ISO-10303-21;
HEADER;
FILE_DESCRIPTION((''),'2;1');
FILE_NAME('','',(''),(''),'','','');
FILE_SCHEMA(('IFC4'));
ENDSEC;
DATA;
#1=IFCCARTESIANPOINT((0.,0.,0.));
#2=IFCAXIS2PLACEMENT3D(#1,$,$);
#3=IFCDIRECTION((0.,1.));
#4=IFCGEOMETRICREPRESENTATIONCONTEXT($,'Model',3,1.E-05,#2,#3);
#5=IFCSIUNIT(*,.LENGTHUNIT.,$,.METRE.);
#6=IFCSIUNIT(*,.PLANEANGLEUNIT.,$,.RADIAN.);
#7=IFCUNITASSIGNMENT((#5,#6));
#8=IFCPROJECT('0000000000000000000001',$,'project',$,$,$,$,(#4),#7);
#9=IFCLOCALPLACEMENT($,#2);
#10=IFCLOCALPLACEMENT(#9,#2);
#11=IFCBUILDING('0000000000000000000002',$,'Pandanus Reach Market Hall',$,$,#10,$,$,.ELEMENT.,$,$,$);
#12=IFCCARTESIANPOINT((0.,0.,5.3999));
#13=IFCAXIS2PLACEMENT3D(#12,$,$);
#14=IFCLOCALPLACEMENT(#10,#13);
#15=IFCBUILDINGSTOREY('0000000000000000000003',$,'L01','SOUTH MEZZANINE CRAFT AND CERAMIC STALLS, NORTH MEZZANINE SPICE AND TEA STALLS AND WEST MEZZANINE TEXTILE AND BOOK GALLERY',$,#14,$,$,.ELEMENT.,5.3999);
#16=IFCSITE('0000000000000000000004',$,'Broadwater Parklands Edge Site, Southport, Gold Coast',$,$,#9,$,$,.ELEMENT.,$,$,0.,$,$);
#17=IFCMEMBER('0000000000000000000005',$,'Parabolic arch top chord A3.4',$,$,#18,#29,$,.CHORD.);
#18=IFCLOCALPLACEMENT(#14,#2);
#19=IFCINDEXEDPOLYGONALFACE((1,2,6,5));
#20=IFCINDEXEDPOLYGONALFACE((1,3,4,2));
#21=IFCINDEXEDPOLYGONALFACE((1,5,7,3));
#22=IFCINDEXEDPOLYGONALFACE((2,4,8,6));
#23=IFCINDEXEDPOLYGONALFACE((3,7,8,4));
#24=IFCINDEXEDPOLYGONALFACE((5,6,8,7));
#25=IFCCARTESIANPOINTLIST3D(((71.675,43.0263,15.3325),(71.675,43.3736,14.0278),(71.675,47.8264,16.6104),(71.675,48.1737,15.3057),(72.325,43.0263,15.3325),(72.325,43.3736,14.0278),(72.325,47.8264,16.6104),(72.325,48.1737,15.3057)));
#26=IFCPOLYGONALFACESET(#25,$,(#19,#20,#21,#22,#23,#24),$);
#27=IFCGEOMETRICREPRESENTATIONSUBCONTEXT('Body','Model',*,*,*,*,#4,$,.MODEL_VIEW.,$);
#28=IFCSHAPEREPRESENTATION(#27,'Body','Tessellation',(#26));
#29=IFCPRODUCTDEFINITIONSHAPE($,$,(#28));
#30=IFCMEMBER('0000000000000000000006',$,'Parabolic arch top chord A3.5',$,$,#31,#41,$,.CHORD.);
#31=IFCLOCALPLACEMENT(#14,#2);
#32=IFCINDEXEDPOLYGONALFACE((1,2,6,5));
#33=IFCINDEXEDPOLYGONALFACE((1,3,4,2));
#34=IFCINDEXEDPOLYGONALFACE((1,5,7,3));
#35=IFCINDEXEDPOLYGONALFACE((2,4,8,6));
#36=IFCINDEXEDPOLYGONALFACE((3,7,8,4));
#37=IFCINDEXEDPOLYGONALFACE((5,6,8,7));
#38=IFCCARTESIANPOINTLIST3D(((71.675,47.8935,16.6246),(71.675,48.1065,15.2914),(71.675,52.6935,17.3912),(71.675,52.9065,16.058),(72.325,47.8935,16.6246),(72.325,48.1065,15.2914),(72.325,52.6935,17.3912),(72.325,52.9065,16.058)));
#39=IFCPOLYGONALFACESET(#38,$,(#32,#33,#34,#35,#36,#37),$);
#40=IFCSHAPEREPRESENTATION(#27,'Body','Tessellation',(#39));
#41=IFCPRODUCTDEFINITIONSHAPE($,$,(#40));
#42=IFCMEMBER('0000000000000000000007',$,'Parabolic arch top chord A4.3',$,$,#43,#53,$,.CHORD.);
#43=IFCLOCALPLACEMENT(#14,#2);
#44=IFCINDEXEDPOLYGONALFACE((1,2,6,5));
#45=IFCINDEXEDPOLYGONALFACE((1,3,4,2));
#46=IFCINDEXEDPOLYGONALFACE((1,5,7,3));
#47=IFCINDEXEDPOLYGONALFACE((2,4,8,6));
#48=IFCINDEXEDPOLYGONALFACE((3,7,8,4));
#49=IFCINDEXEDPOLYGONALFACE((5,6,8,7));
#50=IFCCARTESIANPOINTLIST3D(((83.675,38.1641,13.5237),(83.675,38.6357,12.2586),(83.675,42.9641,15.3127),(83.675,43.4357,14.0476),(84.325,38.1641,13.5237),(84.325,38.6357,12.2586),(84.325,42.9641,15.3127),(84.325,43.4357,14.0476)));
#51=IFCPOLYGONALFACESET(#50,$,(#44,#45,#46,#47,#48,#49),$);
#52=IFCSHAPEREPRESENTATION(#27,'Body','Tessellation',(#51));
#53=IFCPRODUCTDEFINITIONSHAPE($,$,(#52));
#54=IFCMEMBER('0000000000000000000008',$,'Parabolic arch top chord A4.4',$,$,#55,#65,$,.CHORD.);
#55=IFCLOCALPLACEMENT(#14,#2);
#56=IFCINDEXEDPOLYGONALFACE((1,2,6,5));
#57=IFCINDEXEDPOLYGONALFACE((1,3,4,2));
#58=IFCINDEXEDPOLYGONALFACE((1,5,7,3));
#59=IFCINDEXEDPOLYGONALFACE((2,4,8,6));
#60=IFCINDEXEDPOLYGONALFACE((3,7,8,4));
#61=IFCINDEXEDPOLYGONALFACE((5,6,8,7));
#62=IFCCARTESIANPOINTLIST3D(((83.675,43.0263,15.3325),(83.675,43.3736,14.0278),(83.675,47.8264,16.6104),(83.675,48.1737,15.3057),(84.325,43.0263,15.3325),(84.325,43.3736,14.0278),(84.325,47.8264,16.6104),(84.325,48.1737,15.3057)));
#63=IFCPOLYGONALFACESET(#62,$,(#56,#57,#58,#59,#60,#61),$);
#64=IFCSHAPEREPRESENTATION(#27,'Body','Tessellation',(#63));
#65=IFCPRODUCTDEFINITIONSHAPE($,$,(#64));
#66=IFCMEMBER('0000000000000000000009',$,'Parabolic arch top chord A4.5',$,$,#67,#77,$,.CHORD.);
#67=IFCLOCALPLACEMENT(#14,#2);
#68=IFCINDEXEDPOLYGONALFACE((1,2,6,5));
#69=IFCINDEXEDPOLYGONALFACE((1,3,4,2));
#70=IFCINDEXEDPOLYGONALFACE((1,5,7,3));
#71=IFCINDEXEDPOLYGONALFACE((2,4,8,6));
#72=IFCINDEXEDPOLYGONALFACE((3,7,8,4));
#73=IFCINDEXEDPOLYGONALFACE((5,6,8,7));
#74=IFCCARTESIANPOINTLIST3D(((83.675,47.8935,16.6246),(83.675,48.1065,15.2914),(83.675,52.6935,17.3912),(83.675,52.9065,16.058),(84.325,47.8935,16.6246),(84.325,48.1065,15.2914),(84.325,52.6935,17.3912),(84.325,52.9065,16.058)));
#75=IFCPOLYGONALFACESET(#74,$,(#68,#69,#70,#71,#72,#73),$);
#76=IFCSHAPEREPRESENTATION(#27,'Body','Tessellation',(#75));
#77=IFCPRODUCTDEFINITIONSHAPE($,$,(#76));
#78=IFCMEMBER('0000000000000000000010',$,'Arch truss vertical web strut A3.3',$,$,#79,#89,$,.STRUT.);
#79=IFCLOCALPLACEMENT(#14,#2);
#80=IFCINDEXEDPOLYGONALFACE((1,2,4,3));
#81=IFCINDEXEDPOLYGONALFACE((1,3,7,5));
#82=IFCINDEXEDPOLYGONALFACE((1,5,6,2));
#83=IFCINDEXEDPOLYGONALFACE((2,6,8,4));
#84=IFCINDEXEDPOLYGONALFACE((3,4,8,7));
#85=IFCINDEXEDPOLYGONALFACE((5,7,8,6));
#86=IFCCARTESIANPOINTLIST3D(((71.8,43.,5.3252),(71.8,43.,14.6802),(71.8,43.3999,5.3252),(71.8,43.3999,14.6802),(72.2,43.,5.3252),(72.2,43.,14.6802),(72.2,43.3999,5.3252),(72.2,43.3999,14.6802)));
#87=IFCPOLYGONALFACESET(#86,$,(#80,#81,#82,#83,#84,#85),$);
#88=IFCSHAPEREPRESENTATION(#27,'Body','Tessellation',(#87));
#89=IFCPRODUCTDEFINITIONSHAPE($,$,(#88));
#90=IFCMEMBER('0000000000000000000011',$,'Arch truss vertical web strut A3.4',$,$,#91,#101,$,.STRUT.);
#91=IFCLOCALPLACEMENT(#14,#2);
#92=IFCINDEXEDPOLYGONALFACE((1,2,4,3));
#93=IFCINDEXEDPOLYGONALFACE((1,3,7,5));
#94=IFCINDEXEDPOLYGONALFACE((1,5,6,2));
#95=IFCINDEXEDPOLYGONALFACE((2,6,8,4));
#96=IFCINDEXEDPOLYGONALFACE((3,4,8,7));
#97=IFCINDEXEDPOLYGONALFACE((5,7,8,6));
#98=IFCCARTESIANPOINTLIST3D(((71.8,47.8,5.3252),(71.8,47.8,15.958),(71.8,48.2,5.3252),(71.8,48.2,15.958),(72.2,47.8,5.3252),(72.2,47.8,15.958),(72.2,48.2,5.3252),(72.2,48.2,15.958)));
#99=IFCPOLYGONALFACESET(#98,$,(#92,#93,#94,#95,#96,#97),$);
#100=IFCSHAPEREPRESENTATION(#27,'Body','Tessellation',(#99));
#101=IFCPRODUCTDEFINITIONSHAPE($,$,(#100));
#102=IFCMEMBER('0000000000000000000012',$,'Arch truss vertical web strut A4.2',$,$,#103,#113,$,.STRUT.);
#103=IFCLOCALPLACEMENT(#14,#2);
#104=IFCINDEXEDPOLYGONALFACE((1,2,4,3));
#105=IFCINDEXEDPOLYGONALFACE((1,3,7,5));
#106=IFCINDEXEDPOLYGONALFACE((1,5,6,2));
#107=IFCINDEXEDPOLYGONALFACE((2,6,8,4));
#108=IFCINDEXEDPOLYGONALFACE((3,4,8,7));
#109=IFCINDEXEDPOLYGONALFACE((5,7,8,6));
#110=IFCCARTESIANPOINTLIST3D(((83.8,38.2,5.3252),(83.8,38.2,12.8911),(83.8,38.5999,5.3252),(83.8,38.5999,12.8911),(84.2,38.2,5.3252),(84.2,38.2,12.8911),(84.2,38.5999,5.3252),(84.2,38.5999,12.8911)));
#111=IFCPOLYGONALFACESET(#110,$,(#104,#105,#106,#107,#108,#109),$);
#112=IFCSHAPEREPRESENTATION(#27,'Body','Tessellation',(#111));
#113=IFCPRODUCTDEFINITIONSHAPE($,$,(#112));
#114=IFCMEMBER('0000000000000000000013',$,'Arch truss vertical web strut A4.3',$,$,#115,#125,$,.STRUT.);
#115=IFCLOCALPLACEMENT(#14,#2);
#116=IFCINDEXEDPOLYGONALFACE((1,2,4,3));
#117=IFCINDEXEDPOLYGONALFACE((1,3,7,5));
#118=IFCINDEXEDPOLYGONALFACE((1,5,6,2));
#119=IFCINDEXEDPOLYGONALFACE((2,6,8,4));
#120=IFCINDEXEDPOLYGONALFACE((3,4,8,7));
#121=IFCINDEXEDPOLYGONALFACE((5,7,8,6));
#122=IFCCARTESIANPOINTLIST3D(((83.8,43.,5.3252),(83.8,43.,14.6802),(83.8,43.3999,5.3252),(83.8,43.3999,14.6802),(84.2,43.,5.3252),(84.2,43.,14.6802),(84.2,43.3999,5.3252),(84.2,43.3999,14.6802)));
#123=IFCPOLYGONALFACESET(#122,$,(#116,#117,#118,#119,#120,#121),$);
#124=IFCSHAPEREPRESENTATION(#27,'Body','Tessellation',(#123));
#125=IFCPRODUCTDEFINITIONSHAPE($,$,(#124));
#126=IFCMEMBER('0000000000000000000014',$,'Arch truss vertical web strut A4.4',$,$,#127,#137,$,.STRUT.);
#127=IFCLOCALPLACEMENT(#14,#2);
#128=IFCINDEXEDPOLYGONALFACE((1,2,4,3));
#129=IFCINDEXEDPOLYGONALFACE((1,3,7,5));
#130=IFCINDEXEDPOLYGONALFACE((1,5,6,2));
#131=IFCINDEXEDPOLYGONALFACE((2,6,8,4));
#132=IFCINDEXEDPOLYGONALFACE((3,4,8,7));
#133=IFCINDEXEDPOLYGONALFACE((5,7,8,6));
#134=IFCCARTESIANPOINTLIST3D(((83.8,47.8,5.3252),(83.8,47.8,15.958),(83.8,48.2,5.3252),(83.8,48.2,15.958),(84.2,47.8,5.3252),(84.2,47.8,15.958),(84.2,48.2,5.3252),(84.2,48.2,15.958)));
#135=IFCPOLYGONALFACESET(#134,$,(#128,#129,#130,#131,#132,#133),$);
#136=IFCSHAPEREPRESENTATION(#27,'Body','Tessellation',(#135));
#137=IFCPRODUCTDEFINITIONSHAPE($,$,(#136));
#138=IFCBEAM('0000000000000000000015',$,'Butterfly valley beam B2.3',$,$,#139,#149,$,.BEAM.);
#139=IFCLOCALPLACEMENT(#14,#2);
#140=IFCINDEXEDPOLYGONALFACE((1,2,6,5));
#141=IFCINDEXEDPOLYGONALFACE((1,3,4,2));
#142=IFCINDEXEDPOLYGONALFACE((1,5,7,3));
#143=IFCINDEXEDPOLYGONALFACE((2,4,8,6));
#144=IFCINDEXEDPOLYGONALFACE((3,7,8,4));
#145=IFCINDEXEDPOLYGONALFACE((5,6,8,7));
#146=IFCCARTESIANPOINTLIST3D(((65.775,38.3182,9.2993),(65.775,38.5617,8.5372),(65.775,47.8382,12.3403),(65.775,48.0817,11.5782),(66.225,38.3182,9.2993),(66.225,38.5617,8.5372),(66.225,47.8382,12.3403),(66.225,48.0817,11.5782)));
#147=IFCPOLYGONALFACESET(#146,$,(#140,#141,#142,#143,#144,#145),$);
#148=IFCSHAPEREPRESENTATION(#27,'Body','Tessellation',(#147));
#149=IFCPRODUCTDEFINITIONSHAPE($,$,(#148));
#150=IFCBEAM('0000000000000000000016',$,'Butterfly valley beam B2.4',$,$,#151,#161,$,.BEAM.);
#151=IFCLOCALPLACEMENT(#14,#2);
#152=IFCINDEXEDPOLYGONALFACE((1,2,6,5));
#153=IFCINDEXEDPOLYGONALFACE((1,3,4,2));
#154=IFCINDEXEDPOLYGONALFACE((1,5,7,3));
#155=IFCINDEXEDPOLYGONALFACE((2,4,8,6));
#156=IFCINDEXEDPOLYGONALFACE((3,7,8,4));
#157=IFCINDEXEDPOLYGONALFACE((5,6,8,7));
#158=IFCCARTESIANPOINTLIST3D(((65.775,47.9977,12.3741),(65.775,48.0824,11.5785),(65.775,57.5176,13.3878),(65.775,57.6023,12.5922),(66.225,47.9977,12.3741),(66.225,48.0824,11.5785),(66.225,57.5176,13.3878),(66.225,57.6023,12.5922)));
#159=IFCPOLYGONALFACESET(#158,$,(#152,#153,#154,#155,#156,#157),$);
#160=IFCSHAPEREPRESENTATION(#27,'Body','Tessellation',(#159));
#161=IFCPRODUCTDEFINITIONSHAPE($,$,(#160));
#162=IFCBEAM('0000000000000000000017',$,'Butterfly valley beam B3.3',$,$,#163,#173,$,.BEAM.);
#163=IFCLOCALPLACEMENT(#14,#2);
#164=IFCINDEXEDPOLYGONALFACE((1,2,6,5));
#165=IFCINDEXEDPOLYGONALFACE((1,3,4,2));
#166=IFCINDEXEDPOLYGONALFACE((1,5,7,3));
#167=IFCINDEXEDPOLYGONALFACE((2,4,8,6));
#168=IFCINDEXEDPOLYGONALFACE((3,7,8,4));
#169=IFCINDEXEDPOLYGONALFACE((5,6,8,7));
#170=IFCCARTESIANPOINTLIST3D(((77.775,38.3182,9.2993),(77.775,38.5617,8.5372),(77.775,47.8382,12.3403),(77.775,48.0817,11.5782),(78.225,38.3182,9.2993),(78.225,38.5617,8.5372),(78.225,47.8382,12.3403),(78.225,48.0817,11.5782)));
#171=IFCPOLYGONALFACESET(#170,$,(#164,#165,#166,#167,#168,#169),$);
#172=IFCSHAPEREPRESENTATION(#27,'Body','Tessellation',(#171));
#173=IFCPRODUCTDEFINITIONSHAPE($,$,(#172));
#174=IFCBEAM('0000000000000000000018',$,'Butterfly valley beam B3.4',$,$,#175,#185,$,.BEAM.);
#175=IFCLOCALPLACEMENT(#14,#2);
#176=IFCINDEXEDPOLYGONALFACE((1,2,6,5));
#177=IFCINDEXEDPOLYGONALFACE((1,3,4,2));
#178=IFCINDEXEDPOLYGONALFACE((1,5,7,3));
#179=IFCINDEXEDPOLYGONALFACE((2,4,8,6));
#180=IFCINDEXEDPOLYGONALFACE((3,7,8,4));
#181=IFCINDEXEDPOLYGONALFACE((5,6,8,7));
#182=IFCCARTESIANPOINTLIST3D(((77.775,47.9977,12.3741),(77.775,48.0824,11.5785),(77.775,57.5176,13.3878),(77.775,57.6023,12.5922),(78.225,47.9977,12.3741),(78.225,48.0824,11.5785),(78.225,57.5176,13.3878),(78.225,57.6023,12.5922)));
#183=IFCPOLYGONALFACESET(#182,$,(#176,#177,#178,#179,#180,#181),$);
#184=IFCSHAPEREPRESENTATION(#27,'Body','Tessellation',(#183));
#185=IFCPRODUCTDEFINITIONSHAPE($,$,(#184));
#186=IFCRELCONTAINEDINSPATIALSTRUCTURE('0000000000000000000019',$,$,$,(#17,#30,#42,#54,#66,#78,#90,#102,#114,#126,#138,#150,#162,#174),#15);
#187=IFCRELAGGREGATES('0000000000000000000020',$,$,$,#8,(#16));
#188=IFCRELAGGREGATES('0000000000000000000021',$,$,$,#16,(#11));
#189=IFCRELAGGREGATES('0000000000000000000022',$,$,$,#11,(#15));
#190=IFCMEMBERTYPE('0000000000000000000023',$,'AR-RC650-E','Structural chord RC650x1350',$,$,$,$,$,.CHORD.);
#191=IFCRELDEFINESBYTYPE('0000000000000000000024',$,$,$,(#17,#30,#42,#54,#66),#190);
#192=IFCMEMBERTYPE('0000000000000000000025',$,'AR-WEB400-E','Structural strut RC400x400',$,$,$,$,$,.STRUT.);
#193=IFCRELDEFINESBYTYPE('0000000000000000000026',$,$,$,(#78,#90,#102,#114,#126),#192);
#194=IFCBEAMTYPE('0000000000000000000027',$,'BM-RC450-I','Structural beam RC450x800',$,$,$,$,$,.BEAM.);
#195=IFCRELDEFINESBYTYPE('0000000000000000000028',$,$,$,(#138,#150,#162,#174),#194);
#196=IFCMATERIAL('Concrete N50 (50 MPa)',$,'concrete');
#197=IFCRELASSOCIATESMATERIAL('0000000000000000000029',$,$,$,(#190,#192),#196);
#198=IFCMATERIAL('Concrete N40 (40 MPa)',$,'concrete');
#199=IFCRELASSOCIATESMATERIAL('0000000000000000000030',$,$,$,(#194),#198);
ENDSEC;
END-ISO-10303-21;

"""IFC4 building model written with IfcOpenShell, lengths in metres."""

from ifc_helpers import new_model, si_unit, direction, frame, origin, origin_2d, place, context, subcontext, project, spatial, rectangle, extrude, material, material_profile, profile_set, type_object, element, save


model = new_model("IFC4")

# Units and contexts
model_context = context("Model", 3, precision=1e-05, world=origin(), true_north=direction((0.0, 1.0)))
body_context = subcontext(model_context, "Body", "Model", "MODEL_VIEW")
ifc_project = project(units=[si_unit("LENGTHUNIT", "METRE"), si_unit("PLANEANGLEUNIT", "RADIAN")], contexts=[model_context])

# Site, building, storey
site_placement = place(None, origin())
site = spatial("IfcSite", under=ifc_project, at=site_placement, Name="Broadwater Parklands Edge Site, Southport, Gold Coast", CompositionType="ELEMENT", RefElevation=0.0)
building_placement = place(site_placement, origin())
building = spatial("IfcBuilding", under=site, at=building_placement, Name="Pandanus Reach Market Hall", CompositionType="ELEMENT")
storey_placement = place(building_placement, frame((0.0, 0.0, 5.3999)))
storey = spatial("IfcBuildingStorey", under=building, at=storey_placement, Name="L01", Description="SOUTH MEZZANINE CRAFT AND CERAMIC STALLS, NORTH MEZZANINE SPICE AND TEA STALLS AND WEST MEZZANINE TEXTILE AND BOOK GALLERY", CompositionType="ELEMENT", Elevation=5.3999)

# Members
ifc_material_1 = material(Name="Concrete N50 (50 MPa)", Category="concrete")
ifc_material_profile_1 = material_profile(ifc_material_1, rectangle(XDim=0.6499, YDim=1.3501, at=origin_2d()), Name="RC650x1350", Category="LoadBearing")
ifc_profile_set_1 = profile_set([ifc_material_profile_1], Name="Concrete N50 (50 MPa)")
member_type_1 = type_object("IfcMemberType", Name="AR-RC650-E", Description="Structural chord RC650x1350", PredefinedType="CHORD", material=ifc_profile_set_1)
member_1_placement = place(storey_placement, frame((72.0, 43.2, 14.6802), z_axis=(0.0, 0.966344, 0.257253), x_axis=(-1.0, 0.0, 0.0)))
element("IfcMember", 1, at=member_1_placement, inside=storey, type_object=member_type_1, Name="Parabolic arch top chord A3.4", PredefinedType="CHORD", context=body_context, shape_type="SweptSolid", body=[
    extrude(rectangle(XDim=0.6499, YDim=1.3501, at=origin_2d()), origin(), (0.0, 0.0, 1.0), 4.9673),
])
member_2_placement = place(storey_placement, frame((72.0, 48.0, 15.958), z_axis=(0.0, 0.987486, 0.157708), x_axis=(-1.0, 0.0, 0.0)))
element("IfcMember", 2, at=member_2_placement, inside=storey, type_object=member_type_1, Name="Parabolic arch top chord A3.5", PredefinedType="CHORD", context=body_context, shape_type="SweptSolid", body=[
    extrude(rectangle(XDim=0.6499, YDim=1.3501, at=origin_2d()), origin(), (0.0, 0.0, 1.0), 4.8608),
])
member_3_placement = place(storey_placement, frame((84.0, 38.3999, 12.8911), z_axis=(0.0, 0.93703, 0.349248), x_axis=(-1.0, 0.0, 0.0)))
element("IfcMember", 3, at=member_3_placement, inside=storey, type_object=member_type_1, Name="Parabolic arch top chord A4.3", PredefinedType="CHORD", context=body_context, shape_type="SweptSolid", body=[
    extrude(rectangle(XDim=0.6499, YDim=1.3501, at=origin_2d()), origin(), (0.0, 0.0, 1.0), 5.1226),
])
member_4_placement = place(storey_placement, frame((84.0, 43.2, 14.6802), z_axis=(0.0, 0.966344, 0.257253), x_axis=(-1.0, 0.0, 0.0)))
element("IfcMember", 4, at=member_4_placement, inside=storey, type_object=member_type_1, Name="Parabolic arch top chord A4.4", PredefinedType="CHORD", context=body_context, shape_type="SweptSolid", body=[
    extrude(rectangle(XDim=0.6499, YDim=1.3501, at=origin_2d()), origin(), (0.0, 0.0, 1.0), 4.9673),
])
member_5_placement = place(storey_placement, frame((84.0, 48.0, 15.958), z_axis=(0.0, 0.987486, 0.157708), x_axis=(-1.0, 0.0, 0.0)))
element("IfcMember", 5, at=member_5_placement, inside=storey, type_object=member_type_1, Name="Parabolic arch top chord A4.5", PredefinedType="CHORD", context=body_context, shape_type="SweptSolid", body=[
    extrude(rectangle(XDim=0.6499, YDim=1.3501, at=origin_2d()), origin(), (0.0, 0.0, 1.0), 4.8608),
])
ifc_material_profile_2 = material_profile(ifc_material_1, rectangle(XDim=0.3999, YDim=0.3999, at=origin_2d()), Name="RC400x400", Category="LoadBearing")
ifc_profile_set_2 = profile_set([ifc_material_profile_2], Name="Concrete N50 (50 MPa)")
member_type_2 = type_object("IfcMemberType", Name="AR-WEB400-E", Description="Structural strut RC400x400", PredefinedType="STRUT", material=ifc_profile_set_2)
member_6_placement = place(storey_placement, frame((72.0, 43.2, 5.3252), z_axis=(0.0, 0.0, 1.0), x_axis=(1.0, 0.0, 0.0)))
element("IfcMember", 6, at=member_6_placement, inside=storey, type_object=member_type_2, Name="Arch truss vertical web strut A3.3", PredefinedType="STRUT", context=body_context, shape_type="SweptSolid", body=[
    extrude(rectangle(XDim=0.3999, YDim=0.3999, at=origin_2d()), origin(), (0.0, 0.0, 1.0), 9.355),
])
member_7_placement = place(storey_placement, frame((72.0, 48.0, 5.3252), z_axis=(0.0, 0.0, 1.0), x_axis=(1.0, 0.0, 0.0)))
element("IfcMember", 7, at=member_7_placement, inside=storey, type_object=member_type_2, Name="Arch truss vertical web strut A3.4", PredefinedType="STRUT", context=body_context, shape_type="SweptSolid", body=[
    extrude(rectangle(XDim=0.3999, YDim=0.3999, at=origin_2d()), origin(), (0.0, 0.0, 1.0), 10.6328),
])
member_8_placement = place(storey_placement, frame((84.0, 38.3999, 5.3252), z_axis=(0.0, 0.0, 1.0), x_axis=(1.0, 0.0, 0.0)))
element("IfcMember", 8, at=member_8_placement, inside=storey, type_object=member_type_2, Name="Arch truss vertical web strut A4.2", PredefinedType="STRUT", context=body_context, shape_type="SweptSolid", body=[
    extrude(rectangle(XDim=0.3999, YDim=0.3999, at=origin_2d()), origin(), (0.0, 0.0, 1.0), 7.5659),
])
member_9_placement = place(storey_placement, frame((84.0, 43.2, 5.3252), z_axis=(0.0, 0.0, 1.0), x_axis=(1.0, 0.0, 0.0)))
element("IfcMember", 9, at=member_9_placement, inside=storey, type_object=member_type_2, Name="Arch truss vertical web strut A4.3", PredefinedType="STRUT", context=body_context, shape_type="SweptSolid", body=[
    extrude(rectangle(XDim=0.3999, YDim=0.3999, at=origin_2d()), origin(), (0.0, 0.0, 1.0), 9.355),
])
member_10_placement = place(storey_placement, frame((84.0, 48.0, 5.3252), z_axis=(0.0, 0.0, 1.0), x_axis=(1.0, 0.0, 0.0)))
element("IfcMember", 10, at=member_10_placement, inside=storey, type_object=member_type_2, Name="Arch truss vertical web strut A4.4", PredefinedType="STRUT", context=body_context, shape_type="SweptSolid", body=[
    extrude(rectangle(XDim=0.3999, YDim=0.3999, at=origin_2d()), origin(), (0.0, 0.0, 1.0), 10.6328),
])

# Beams
ifc_material_2 = material(Name="Concrete N40 (40 MPa)", Category="concrete")
ifc_material_profile_3 = material_profile(ifc_material_2, rectangle(XDim=0.45, YDim=0.8, at=origin_2d()), Name="RC450x800", Category="LoadBearing")
ifc_profile_set_3 = profile_set([ifc_material_profile_3], Name="Concrete N40 (40 MPa)")
beam_type_1 = type_object("IfcBeamType", Name="BM-RC450-I", Description="Structural beam RC450x800", PredefinedType="BEAM", material=ifc_profile_set_3)
beam_1_placement = place(storey_placement, frame((66.0, 38.4399, 8.9182), z_axis=(0.0, 0.952581, 0.304286), x_axis=(-1.0, 0.0, 0.0)))
element("IfcBeam", 11, at=beam_1_placement, inside=storey, type_object=beam_type_1, Name="Butterfly valley beam B2.3", PredefinedType="BEAM", context=body_context, shape_type="SweptSolid", body=[
    extrude(rectangle(XDim=0.45, YDim=0.8, at=origin_2d()), origin(), (0.0, 0.0, 1.0), 9.9939),
])
beam_2_placement = place(storey_placement, frame((66.0, 48.04, 11.9763), z_axis=(0.0, 0.994379, 0.105879), x_axis=(-1.0, 0.0, 0.0)))
element("IfcBeam", 12, at=beam_2_placement, inside=storey, type_object=beam_type_1, Name="Butterfly valley beam B2.4", PredefinedType="BEAM", context=body_context, shape_type="SweptSolid", body=[
    extrude(rectangle(XDim=0.45, YDim=0.8, at=origin_2d()), origin(), (0.0, 0.0, 1.0), 9.5737),
])
beam_3_placement = place(storey_placement, frame((78.0, 38.4399, 8.9182), z_axis=(0.0, 0.952581, 0.304286), x_axis=(-1.0, 0.0, 0.0)))
element("IfcBeam", 13, at=beam_3_placement, inside=storey, type_object=beam_type_1, Name="Butterfly valley beam B3.3", PredefinedType="BEAM", context=body_context, shape_type="SweptSolid", body=[
    extrude(rectangle(XDim=0.45, YDim=0.8, at=origin_2d()), origin(), (0.0, 0.0, 1.0), 9.9939),
])
beam_4_placement = place(storey_placement, frame((78.0, 48.04, 11.9763), z_axis=(0.0, 0.994379, 0.105879), x_axis=(-1.0, 0.0, 0.0)))
element("IfcBeam", 14, at=beam_4_placement, inside=storey, type_object=beam_type_1, Name="Butterfly valley beam B3.4", PredefinedType="BEAM", context=body_context, shape_type="SweptSolid", body=[
    extrude(rectangle(XDim=0.45, YDim=0.8, at=origin_2d()), origin(), (0.0, 0.0, 1.0), 9.5737),
])

save(model, "model.ifc")
